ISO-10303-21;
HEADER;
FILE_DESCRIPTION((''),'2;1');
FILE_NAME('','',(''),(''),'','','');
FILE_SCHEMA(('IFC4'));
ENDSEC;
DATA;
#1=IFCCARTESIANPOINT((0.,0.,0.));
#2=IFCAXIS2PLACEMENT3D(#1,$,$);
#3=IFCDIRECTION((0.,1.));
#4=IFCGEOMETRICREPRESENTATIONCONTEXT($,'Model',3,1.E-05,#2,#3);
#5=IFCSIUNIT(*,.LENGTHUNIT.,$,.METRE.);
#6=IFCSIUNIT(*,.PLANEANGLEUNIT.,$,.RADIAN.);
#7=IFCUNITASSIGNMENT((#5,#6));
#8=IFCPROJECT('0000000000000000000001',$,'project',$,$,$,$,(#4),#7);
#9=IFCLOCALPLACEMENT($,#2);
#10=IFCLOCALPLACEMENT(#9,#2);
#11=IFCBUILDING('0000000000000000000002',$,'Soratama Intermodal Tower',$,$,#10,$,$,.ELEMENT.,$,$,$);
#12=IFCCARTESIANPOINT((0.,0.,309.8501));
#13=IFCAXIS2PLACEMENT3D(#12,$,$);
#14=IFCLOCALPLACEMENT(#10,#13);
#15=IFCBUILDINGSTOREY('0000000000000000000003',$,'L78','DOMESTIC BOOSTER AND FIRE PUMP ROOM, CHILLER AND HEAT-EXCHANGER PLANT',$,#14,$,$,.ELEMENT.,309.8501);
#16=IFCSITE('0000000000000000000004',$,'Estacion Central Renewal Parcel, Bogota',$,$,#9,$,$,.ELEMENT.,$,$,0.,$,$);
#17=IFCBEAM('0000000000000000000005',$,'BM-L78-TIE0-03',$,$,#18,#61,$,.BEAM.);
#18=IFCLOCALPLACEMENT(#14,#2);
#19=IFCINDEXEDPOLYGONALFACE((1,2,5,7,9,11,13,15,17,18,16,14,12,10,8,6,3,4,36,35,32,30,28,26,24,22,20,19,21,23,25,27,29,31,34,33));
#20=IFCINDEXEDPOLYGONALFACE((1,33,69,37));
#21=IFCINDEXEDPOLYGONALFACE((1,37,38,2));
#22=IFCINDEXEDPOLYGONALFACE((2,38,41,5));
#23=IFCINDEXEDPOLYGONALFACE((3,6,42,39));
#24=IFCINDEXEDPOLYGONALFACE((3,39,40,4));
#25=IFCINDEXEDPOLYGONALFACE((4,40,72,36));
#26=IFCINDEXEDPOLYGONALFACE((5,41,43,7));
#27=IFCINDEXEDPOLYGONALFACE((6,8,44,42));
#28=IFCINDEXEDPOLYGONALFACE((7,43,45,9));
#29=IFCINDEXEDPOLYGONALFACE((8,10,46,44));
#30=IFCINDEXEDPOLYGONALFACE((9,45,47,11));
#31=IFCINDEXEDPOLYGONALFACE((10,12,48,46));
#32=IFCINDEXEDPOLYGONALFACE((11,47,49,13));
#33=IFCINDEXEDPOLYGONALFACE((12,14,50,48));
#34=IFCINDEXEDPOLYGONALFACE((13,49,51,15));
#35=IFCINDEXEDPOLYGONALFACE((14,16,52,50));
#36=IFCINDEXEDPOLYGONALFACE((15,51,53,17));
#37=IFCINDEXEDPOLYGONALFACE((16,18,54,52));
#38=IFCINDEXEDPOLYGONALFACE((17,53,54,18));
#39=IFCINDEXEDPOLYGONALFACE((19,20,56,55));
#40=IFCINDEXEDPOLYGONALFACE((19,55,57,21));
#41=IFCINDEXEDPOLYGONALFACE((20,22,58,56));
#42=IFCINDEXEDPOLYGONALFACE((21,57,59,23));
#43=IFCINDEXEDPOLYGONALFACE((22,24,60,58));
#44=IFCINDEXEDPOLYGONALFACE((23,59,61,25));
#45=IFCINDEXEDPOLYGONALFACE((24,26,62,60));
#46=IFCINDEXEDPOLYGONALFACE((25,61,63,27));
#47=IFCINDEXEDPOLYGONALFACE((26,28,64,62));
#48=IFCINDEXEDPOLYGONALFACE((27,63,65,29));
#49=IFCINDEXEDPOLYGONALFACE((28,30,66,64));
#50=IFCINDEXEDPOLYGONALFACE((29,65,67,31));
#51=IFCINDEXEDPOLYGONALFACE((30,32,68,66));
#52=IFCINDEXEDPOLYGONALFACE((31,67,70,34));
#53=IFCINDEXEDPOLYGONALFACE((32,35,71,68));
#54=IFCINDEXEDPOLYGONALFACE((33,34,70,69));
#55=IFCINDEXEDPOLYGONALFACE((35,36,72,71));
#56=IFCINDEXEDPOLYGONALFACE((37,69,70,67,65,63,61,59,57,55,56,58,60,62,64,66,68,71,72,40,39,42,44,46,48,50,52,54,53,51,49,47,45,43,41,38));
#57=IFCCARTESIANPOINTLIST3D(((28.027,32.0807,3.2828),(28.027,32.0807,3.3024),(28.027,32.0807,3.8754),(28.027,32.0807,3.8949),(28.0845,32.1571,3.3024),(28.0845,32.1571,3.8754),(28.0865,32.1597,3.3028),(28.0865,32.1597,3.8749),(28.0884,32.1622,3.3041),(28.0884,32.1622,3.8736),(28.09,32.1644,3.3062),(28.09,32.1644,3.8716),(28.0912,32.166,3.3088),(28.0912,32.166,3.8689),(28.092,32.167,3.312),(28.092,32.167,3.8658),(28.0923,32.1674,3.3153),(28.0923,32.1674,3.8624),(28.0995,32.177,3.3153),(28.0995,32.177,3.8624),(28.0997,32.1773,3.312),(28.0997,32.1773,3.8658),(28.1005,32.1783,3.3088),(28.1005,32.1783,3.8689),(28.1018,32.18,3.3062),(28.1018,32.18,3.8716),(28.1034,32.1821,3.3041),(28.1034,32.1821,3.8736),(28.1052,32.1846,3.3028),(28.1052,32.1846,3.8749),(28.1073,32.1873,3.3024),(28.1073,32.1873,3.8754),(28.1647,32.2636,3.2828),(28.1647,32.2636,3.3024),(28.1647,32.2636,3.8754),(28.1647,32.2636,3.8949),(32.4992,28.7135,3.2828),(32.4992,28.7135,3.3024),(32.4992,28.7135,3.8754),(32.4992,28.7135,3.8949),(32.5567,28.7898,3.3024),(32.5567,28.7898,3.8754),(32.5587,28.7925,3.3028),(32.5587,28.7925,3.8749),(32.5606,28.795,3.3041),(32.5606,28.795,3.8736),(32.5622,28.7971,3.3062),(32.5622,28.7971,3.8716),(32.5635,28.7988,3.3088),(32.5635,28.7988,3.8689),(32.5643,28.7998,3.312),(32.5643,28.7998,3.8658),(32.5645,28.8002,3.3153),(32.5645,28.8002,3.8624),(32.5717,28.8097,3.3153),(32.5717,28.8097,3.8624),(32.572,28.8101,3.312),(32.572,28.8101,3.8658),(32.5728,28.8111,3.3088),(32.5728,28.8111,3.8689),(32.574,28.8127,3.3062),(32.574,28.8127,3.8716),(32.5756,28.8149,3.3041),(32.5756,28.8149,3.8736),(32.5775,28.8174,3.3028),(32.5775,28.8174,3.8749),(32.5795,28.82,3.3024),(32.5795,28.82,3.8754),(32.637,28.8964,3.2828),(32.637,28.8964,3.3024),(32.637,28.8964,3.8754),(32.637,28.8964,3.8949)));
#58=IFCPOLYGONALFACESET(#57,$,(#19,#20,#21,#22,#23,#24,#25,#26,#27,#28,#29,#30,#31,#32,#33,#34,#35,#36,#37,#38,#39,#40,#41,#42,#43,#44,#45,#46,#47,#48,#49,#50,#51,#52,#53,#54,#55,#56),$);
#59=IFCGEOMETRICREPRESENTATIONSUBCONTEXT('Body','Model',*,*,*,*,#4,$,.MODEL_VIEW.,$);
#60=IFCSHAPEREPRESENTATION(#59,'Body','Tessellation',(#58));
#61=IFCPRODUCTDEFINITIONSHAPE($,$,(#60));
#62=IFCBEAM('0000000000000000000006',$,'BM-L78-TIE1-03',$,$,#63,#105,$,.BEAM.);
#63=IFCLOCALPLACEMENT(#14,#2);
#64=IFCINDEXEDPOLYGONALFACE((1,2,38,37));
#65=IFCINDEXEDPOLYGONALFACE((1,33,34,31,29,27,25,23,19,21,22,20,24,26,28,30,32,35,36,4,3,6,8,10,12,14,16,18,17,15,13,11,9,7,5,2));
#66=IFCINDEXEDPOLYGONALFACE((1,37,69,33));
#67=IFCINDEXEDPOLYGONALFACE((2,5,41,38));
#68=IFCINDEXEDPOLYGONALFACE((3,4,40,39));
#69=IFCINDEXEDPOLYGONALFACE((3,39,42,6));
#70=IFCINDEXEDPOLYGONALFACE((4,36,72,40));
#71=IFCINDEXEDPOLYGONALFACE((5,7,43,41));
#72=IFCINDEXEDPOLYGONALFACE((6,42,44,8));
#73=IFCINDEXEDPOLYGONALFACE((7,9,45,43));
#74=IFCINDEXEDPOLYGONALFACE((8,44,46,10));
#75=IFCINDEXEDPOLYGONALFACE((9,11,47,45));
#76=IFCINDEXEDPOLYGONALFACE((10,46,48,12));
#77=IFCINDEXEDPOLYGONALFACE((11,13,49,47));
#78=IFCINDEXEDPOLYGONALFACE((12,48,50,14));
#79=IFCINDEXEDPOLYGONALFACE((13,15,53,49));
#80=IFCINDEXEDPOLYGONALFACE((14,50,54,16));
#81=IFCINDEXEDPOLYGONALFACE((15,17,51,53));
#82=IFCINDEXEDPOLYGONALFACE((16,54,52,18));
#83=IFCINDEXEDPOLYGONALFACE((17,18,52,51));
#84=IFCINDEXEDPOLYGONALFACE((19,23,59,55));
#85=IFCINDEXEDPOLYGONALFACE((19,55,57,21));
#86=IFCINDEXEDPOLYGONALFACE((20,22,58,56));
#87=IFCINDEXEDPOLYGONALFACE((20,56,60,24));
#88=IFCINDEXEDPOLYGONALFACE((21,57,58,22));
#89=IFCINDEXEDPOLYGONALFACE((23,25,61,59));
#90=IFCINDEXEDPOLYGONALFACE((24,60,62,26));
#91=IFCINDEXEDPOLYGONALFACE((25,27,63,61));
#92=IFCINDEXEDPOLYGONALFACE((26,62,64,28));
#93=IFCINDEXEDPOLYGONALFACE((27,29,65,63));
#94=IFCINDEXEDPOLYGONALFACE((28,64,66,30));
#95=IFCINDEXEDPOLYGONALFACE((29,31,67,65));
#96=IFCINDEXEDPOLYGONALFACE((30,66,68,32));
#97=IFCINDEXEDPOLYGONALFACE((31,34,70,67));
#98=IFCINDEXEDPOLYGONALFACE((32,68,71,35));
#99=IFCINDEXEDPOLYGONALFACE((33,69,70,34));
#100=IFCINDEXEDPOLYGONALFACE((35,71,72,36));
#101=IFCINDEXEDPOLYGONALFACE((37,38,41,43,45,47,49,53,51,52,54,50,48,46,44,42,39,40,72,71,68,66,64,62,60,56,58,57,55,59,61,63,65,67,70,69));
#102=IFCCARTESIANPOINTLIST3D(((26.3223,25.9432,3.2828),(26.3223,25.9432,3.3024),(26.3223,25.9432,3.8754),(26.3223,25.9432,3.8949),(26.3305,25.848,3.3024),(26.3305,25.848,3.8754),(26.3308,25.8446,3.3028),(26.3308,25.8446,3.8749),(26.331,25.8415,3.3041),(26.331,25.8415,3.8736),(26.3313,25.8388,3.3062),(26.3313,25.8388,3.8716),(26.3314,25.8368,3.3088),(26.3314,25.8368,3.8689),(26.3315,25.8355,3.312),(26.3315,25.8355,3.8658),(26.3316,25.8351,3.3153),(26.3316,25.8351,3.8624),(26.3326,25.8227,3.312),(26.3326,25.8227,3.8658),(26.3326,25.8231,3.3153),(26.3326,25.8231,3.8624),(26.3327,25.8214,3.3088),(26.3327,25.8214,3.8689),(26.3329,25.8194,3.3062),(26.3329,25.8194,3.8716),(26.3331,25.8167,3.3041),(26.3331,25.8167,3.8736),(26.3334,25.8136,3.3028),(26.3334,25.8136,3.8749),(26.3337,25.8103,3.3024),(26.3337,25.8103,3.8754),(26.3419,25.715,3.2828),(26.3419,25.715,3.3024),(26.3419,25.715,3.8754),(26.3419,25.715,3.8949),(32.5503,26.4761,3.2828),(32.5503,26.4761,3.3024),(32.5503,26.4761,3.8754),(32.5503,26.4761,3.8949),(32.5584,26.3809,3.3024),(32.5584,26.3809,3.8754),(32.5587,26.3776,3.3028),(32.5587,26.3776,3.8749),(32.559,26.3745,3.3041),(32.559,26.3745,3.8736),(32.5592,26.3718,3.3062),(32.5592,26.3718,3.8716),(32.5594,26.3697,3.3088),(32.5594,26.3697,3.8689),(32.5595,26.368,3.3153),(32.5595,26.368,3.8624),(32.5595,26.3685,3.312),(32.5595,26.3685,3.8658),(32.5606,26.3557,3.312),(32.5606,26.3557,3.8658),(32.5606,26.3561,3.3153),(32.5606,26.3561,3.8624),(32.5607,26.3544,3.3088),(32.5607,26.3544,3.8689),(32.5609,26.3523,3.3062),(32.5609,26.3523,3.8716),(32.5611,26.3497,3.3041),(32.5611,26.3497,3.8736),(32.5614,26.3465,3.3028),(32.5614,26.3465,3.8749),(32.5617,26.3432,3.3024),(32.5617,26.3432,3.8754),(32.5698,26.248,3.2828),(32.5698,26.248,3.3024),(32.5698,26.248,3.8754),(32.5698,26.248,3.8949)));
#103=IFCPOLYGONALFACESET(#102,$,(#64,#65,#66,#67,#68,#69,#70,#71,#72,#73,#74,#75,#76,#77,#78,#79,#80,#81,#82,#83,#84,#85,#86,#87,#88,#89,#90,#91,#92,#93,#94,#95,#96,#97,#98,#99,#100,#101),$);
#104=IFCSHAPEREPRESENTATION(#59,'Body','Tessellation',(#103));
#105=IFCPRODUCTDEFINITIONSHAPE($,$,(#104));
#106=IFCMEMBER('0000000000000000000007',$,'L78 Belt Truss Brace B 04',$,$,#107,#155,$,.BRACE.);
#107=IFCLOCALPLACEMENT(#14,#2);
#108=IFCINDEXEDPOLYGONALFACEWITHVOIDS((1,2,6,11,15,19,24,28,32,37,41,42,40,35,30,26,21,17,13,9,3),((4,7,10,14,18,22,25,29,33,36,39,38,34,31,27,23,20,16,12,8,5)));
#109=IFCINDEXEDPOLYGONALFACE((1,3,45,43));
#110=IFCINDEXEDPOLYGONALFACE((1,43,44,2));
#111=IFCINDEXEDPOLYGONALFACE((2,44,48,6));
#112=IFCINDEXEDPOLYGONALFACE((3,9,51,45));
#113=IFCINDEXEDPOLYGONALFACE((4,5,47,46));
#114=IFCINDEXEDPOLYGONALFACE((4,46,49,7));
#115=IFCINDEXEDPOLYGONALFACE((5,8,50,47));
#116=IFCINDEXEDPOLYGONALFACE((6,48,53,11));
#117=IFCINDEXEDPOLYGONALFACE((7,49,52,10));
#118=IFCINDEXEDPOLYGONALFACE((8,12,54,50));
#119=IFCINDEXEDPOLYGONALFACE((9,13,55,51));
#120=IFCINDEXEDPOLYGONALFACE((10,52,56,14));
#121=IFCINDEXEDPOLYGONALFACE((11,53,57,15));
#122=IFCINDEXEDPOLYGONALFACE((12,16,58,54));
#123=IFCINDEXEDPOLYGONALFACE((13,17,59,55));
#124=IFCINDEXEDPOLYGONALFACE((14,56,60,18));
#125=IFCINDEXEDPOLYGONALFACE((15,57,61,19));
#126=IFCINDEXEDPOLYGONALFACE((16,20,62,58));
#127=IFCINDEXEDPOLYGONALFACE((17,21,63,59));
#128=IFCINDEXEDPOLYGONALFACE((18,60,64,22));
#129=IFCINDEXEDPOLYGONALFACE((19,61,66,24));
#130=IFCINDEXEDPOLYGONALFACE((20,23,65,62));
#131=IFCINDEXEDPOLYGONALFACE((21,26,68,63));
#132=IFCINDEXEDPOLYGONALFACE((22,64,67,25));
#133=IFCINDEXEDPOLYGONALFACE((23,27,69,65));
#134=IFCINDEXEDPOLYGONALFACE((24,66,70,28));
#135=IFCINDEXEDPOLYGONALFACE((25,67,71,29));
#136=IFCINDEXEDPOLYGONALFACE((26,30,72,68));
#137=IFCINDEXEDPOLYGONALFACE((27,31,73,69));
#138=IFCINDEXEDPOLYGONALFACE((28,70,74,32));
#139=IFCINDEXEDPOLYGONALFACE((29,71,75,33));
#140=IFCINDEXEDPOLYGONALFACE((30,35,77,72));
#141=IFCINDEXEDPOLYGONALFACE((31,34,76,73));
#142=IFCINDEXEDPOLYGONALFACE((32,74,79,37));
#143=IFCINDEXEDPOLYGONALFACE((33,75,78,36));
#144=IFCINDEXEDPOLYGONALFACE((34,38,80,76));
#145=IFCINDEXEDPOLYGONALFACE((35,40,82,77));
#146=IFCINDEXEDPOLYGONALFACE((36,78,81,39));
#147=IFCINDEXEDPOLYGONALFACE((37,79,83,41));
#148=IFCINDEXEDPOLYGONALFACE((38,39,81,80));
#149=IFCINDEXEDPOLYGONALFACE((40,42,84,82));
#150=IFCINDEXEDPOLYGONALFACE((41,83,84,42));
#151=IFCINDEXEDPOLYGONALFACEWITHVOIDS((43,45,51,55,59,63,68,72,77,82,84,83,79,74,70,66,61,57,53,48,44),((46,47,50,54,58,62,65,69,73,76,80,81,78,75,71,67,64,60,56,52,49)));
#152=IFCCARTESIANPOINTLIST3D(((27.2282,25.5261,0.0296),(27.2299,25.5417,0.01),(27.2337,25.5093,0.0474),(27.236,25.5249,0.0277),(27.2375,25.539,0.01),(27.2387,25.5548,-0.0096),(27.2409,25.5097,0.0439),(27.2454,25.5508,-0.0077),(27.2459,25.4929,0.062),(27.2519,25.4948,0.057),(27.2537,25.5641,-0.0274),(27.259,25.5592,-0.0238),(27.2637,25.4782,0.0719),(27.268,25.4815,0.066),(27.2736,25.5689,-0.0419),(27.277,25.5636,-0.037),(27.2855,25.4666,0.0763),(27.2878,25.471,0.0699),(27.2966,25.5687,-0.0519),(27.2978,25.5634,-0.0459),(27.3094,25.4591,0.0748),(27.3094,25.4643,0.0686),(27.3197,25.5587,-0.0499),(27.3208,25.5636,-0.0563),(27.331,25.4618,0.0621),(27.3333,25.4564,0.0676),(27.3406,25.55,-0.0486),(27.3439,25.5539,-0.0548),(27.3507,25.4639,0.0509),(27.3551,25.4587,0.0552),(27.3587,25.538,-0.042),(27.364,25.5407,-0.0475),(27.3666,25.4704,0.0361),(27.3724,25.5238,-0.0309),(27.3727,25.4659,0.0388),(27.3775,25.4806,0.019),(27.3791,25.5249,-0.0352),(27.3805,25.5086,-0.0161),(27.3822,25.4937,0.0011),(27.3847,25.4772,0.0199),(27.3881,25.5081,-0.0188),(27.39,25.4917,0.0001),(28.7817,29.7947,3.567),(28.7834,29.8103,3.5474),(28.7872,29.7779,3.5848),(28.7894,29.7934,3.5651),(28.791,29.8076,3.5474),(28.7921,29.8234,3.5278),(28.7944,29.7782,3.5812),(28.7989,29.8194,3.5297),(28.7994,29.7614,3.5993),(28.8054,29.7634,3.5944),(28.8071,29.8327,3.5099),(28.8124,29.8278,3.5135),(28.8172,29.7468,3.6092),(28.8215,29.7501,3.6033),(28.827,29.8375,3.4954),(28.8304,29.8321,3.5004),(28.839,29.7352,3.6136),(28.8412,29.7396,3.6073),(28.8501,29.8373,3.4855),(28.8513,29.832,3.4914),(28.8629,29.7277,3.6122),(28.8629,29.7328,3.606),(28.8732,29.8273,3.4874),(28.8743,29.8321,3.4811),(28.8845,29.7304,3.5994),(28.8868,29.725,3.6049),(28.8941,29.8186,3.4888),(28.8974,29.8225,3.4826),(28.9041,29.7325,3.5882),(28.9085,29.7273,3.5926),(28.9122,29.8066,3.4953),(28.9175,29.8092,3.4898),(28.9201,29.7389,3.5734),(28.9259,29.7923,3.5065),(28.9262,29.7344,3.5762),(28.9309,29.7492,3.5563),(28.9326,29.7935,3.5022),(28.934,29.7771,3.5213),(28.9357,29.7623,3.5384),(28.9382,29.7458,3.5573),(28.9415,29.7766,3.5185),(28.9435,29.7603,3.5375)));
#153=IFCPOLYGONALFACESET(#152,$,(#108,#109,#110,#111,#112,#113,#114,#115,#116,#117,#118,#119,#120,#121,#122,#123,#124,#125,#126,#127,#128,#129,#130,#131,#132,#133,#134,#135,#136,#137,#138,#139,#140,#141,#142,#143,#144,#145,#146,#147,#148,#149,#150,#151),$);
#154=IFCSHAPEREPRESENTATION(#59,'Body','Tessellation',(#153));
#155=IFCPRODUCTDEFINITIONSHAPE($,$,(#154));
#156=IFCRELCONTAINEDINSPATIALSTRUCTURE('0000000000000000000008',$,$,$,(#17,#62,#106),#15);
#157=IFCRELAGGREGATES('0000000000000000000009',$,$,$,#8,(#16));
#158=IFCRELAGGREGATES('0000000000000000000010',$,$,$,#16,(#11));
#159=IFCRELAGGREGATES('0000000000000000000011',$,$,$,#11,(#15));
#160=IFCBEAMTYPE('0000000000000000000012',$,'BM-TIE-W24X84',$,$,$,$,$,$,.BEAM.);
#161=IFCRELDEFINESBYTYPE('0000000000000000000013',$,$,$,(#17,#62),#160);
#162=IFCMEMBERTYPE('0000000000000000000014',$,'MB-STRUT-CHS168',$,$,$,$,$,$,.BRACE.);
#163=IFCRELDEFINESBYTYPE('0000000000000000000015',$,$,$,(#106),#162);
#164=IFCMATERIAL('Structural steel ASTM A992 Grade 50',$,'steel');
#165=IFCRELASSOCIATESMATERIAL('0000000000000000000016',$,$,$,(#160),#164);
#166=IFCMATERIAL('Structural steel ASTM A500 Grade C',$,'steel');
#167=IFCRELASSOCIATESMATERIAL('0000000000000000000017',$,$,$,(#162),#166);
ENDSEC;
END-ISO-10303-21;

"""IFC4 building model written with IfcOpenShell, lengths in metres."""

from ifc_helpers import new_model, si_unit, direction, frame, origin, origin_2d, place, context, subcontext, project, spatial, hollow_circle, i_section, extrude, material, material_profile, profile_set, type_object, element, save


model = new_model("IFC4")

# Units and contexts
model_context = context("Model", 3, precision=1e-05, world=origin(), true_north=direction((0.0, 1.0)))
body_context = subcontext(model_context, "Body", "Model", "MODEL_VIEW")
ifc_project = project(units=[si_unit("LENGTHUNIT", "METRE"), si_unit("PLANEANGLEUNIT", "RADIAN")], contexts=[model_context])

# Site, building, storey
site_placement = place(None, origin())
site = spatial("IfcSite", under=ifc_project, at=site_placement, Name="Estacion Central Renewal Parcel, Bogota", CompositionType="ELEMENT", RefElevation=0.0)
building_placement = place(site_placement, origin())
building = spatial("IfcBuilding", under=site, at=building_placement, Name="Soratama Intermodal Tower", CompositionType="ELEMENT")
storey_placement = place(building_placement, frame((0.0, 0.0, 309.8501)))
storey = spatial("IfcBuildingStorey", under=building, at=storey_placement, Name="L78", Description="DOMESTIC BOOSTER AND FIRE PUMP ROOM, CHILLER AND HEAT-EXCHANGER PLANT", CompositionType="ELEMENT", Elevation=309.8501)

# Beams
ifc_material_1 = material(Name="Structural steel ASTM A992 Grade 50", Category="steel")
ifc_material_profile_1 = material_profile(ifc_material_1, i_section(OverallWidth=0.229, OverallDepth=0.6121, WebThickness=0.012, FlangeThickness=0.0195, FilletRadius=0.0129, at=origin_2d()), Name="W24X84")
ifc_profile_set_1 = profile_set([ifc_material_profile_1], Name="Structural steel ASTM A992 Grade 50")
beam_type_1 = type_object("IfcBeamType", Name="BM-TIE-W24X84", PredefinedType="BEAM", material=ifc_profile_set_1)
beam_1_placement = place(storey_placement, frame((32.5681, 28.8049, 3.5889), z_axis=(-0.798879, 0.601492, 0.0), x_axis=(-0.601492, -0.798879, 0.0)))
element("IfcBeam", 1, at=beam_1_placement, inside=storey, type_object=beam_type_1, Name="BM-L78-TIE0-03", PredefinedType="BEAM", context=body_context, shape_type="SweptSolid", body=[
    extrude(i_section(OverallWidth=0.229, OverallDepth=0.6121, WebThickness=0.012, FlangeThickness=0.0195, FilletRadius=0.0129, at=origin_2d()), origin(), (0.0, 0.0, 1.0), 5.5981),
])
beam_2_placement = place(storey_placement, frame((32.5601, 26.3621, 3.5889), z_axis=(-0.996359, -0.085263, 0.0), x_axis=(0.085263, -0.996359, 0.0)))
element("IfcBeam", 2, at=beam_2_placement, inside=storey, type_object=beam_type_1, Name="BM-L78-TIE1-03", PredefinedType="BEAM", context=body_context, shape_type="SweptSolid", body=[
    extrude(i_section(OverallWidth=0.229, OverallDepth=0.6121, WebThickness=0.012, FlangeThickness=0.0195, FilletRadius=0.0129, at=origin_2d()), origin(), (0.0, 0.0, 1.0), 6.2507),
])

# Member
ifc_material_2 = material(Name="Structural steel ASTM A500 Grade C", Category="steel")
ifc_material_profile_2 = material_profile(ifc_material_2, hollow_circle(Radius=0.0842, WallThickness=0.0081, at=origin_2d()), Name="CHS168X8")
ifc_profile_set_2 = profile_set([ifc_material_profile_2], Name="Structural steel ASTM A500 Grade C")
member_type = type_object("IfcMemberType", Name="MB-STRUT-CHS168", PredefinedType="BRACE", material=ifc_profile_set_2)
for number, where, z_axis, x_axis, name in (
    (3, (27.3091, 25.5129, 0.01), (0.269825, 0.741414, 0.61441), (-0.939704, 0.341989, 0.0), "L78 Belt Truss Brace B 04"),
):
    element("IfcMember", number, at=place(storey_placement, frame(where, z_axis=z_axis, x_axis=x_axis)), inside=storey, type_object=member_type, Name=name, PredefinedType="BRACE", context=body_context, shape_type="SweptSolid", body=[
        extrude(hollow_circle(Radius=0.0842, WallThickness=0.0081, at=origin_2d()), origin(), (0.0, 0.0, 1.0), 5.7573),
    ])

save(model, "model.ifc")
